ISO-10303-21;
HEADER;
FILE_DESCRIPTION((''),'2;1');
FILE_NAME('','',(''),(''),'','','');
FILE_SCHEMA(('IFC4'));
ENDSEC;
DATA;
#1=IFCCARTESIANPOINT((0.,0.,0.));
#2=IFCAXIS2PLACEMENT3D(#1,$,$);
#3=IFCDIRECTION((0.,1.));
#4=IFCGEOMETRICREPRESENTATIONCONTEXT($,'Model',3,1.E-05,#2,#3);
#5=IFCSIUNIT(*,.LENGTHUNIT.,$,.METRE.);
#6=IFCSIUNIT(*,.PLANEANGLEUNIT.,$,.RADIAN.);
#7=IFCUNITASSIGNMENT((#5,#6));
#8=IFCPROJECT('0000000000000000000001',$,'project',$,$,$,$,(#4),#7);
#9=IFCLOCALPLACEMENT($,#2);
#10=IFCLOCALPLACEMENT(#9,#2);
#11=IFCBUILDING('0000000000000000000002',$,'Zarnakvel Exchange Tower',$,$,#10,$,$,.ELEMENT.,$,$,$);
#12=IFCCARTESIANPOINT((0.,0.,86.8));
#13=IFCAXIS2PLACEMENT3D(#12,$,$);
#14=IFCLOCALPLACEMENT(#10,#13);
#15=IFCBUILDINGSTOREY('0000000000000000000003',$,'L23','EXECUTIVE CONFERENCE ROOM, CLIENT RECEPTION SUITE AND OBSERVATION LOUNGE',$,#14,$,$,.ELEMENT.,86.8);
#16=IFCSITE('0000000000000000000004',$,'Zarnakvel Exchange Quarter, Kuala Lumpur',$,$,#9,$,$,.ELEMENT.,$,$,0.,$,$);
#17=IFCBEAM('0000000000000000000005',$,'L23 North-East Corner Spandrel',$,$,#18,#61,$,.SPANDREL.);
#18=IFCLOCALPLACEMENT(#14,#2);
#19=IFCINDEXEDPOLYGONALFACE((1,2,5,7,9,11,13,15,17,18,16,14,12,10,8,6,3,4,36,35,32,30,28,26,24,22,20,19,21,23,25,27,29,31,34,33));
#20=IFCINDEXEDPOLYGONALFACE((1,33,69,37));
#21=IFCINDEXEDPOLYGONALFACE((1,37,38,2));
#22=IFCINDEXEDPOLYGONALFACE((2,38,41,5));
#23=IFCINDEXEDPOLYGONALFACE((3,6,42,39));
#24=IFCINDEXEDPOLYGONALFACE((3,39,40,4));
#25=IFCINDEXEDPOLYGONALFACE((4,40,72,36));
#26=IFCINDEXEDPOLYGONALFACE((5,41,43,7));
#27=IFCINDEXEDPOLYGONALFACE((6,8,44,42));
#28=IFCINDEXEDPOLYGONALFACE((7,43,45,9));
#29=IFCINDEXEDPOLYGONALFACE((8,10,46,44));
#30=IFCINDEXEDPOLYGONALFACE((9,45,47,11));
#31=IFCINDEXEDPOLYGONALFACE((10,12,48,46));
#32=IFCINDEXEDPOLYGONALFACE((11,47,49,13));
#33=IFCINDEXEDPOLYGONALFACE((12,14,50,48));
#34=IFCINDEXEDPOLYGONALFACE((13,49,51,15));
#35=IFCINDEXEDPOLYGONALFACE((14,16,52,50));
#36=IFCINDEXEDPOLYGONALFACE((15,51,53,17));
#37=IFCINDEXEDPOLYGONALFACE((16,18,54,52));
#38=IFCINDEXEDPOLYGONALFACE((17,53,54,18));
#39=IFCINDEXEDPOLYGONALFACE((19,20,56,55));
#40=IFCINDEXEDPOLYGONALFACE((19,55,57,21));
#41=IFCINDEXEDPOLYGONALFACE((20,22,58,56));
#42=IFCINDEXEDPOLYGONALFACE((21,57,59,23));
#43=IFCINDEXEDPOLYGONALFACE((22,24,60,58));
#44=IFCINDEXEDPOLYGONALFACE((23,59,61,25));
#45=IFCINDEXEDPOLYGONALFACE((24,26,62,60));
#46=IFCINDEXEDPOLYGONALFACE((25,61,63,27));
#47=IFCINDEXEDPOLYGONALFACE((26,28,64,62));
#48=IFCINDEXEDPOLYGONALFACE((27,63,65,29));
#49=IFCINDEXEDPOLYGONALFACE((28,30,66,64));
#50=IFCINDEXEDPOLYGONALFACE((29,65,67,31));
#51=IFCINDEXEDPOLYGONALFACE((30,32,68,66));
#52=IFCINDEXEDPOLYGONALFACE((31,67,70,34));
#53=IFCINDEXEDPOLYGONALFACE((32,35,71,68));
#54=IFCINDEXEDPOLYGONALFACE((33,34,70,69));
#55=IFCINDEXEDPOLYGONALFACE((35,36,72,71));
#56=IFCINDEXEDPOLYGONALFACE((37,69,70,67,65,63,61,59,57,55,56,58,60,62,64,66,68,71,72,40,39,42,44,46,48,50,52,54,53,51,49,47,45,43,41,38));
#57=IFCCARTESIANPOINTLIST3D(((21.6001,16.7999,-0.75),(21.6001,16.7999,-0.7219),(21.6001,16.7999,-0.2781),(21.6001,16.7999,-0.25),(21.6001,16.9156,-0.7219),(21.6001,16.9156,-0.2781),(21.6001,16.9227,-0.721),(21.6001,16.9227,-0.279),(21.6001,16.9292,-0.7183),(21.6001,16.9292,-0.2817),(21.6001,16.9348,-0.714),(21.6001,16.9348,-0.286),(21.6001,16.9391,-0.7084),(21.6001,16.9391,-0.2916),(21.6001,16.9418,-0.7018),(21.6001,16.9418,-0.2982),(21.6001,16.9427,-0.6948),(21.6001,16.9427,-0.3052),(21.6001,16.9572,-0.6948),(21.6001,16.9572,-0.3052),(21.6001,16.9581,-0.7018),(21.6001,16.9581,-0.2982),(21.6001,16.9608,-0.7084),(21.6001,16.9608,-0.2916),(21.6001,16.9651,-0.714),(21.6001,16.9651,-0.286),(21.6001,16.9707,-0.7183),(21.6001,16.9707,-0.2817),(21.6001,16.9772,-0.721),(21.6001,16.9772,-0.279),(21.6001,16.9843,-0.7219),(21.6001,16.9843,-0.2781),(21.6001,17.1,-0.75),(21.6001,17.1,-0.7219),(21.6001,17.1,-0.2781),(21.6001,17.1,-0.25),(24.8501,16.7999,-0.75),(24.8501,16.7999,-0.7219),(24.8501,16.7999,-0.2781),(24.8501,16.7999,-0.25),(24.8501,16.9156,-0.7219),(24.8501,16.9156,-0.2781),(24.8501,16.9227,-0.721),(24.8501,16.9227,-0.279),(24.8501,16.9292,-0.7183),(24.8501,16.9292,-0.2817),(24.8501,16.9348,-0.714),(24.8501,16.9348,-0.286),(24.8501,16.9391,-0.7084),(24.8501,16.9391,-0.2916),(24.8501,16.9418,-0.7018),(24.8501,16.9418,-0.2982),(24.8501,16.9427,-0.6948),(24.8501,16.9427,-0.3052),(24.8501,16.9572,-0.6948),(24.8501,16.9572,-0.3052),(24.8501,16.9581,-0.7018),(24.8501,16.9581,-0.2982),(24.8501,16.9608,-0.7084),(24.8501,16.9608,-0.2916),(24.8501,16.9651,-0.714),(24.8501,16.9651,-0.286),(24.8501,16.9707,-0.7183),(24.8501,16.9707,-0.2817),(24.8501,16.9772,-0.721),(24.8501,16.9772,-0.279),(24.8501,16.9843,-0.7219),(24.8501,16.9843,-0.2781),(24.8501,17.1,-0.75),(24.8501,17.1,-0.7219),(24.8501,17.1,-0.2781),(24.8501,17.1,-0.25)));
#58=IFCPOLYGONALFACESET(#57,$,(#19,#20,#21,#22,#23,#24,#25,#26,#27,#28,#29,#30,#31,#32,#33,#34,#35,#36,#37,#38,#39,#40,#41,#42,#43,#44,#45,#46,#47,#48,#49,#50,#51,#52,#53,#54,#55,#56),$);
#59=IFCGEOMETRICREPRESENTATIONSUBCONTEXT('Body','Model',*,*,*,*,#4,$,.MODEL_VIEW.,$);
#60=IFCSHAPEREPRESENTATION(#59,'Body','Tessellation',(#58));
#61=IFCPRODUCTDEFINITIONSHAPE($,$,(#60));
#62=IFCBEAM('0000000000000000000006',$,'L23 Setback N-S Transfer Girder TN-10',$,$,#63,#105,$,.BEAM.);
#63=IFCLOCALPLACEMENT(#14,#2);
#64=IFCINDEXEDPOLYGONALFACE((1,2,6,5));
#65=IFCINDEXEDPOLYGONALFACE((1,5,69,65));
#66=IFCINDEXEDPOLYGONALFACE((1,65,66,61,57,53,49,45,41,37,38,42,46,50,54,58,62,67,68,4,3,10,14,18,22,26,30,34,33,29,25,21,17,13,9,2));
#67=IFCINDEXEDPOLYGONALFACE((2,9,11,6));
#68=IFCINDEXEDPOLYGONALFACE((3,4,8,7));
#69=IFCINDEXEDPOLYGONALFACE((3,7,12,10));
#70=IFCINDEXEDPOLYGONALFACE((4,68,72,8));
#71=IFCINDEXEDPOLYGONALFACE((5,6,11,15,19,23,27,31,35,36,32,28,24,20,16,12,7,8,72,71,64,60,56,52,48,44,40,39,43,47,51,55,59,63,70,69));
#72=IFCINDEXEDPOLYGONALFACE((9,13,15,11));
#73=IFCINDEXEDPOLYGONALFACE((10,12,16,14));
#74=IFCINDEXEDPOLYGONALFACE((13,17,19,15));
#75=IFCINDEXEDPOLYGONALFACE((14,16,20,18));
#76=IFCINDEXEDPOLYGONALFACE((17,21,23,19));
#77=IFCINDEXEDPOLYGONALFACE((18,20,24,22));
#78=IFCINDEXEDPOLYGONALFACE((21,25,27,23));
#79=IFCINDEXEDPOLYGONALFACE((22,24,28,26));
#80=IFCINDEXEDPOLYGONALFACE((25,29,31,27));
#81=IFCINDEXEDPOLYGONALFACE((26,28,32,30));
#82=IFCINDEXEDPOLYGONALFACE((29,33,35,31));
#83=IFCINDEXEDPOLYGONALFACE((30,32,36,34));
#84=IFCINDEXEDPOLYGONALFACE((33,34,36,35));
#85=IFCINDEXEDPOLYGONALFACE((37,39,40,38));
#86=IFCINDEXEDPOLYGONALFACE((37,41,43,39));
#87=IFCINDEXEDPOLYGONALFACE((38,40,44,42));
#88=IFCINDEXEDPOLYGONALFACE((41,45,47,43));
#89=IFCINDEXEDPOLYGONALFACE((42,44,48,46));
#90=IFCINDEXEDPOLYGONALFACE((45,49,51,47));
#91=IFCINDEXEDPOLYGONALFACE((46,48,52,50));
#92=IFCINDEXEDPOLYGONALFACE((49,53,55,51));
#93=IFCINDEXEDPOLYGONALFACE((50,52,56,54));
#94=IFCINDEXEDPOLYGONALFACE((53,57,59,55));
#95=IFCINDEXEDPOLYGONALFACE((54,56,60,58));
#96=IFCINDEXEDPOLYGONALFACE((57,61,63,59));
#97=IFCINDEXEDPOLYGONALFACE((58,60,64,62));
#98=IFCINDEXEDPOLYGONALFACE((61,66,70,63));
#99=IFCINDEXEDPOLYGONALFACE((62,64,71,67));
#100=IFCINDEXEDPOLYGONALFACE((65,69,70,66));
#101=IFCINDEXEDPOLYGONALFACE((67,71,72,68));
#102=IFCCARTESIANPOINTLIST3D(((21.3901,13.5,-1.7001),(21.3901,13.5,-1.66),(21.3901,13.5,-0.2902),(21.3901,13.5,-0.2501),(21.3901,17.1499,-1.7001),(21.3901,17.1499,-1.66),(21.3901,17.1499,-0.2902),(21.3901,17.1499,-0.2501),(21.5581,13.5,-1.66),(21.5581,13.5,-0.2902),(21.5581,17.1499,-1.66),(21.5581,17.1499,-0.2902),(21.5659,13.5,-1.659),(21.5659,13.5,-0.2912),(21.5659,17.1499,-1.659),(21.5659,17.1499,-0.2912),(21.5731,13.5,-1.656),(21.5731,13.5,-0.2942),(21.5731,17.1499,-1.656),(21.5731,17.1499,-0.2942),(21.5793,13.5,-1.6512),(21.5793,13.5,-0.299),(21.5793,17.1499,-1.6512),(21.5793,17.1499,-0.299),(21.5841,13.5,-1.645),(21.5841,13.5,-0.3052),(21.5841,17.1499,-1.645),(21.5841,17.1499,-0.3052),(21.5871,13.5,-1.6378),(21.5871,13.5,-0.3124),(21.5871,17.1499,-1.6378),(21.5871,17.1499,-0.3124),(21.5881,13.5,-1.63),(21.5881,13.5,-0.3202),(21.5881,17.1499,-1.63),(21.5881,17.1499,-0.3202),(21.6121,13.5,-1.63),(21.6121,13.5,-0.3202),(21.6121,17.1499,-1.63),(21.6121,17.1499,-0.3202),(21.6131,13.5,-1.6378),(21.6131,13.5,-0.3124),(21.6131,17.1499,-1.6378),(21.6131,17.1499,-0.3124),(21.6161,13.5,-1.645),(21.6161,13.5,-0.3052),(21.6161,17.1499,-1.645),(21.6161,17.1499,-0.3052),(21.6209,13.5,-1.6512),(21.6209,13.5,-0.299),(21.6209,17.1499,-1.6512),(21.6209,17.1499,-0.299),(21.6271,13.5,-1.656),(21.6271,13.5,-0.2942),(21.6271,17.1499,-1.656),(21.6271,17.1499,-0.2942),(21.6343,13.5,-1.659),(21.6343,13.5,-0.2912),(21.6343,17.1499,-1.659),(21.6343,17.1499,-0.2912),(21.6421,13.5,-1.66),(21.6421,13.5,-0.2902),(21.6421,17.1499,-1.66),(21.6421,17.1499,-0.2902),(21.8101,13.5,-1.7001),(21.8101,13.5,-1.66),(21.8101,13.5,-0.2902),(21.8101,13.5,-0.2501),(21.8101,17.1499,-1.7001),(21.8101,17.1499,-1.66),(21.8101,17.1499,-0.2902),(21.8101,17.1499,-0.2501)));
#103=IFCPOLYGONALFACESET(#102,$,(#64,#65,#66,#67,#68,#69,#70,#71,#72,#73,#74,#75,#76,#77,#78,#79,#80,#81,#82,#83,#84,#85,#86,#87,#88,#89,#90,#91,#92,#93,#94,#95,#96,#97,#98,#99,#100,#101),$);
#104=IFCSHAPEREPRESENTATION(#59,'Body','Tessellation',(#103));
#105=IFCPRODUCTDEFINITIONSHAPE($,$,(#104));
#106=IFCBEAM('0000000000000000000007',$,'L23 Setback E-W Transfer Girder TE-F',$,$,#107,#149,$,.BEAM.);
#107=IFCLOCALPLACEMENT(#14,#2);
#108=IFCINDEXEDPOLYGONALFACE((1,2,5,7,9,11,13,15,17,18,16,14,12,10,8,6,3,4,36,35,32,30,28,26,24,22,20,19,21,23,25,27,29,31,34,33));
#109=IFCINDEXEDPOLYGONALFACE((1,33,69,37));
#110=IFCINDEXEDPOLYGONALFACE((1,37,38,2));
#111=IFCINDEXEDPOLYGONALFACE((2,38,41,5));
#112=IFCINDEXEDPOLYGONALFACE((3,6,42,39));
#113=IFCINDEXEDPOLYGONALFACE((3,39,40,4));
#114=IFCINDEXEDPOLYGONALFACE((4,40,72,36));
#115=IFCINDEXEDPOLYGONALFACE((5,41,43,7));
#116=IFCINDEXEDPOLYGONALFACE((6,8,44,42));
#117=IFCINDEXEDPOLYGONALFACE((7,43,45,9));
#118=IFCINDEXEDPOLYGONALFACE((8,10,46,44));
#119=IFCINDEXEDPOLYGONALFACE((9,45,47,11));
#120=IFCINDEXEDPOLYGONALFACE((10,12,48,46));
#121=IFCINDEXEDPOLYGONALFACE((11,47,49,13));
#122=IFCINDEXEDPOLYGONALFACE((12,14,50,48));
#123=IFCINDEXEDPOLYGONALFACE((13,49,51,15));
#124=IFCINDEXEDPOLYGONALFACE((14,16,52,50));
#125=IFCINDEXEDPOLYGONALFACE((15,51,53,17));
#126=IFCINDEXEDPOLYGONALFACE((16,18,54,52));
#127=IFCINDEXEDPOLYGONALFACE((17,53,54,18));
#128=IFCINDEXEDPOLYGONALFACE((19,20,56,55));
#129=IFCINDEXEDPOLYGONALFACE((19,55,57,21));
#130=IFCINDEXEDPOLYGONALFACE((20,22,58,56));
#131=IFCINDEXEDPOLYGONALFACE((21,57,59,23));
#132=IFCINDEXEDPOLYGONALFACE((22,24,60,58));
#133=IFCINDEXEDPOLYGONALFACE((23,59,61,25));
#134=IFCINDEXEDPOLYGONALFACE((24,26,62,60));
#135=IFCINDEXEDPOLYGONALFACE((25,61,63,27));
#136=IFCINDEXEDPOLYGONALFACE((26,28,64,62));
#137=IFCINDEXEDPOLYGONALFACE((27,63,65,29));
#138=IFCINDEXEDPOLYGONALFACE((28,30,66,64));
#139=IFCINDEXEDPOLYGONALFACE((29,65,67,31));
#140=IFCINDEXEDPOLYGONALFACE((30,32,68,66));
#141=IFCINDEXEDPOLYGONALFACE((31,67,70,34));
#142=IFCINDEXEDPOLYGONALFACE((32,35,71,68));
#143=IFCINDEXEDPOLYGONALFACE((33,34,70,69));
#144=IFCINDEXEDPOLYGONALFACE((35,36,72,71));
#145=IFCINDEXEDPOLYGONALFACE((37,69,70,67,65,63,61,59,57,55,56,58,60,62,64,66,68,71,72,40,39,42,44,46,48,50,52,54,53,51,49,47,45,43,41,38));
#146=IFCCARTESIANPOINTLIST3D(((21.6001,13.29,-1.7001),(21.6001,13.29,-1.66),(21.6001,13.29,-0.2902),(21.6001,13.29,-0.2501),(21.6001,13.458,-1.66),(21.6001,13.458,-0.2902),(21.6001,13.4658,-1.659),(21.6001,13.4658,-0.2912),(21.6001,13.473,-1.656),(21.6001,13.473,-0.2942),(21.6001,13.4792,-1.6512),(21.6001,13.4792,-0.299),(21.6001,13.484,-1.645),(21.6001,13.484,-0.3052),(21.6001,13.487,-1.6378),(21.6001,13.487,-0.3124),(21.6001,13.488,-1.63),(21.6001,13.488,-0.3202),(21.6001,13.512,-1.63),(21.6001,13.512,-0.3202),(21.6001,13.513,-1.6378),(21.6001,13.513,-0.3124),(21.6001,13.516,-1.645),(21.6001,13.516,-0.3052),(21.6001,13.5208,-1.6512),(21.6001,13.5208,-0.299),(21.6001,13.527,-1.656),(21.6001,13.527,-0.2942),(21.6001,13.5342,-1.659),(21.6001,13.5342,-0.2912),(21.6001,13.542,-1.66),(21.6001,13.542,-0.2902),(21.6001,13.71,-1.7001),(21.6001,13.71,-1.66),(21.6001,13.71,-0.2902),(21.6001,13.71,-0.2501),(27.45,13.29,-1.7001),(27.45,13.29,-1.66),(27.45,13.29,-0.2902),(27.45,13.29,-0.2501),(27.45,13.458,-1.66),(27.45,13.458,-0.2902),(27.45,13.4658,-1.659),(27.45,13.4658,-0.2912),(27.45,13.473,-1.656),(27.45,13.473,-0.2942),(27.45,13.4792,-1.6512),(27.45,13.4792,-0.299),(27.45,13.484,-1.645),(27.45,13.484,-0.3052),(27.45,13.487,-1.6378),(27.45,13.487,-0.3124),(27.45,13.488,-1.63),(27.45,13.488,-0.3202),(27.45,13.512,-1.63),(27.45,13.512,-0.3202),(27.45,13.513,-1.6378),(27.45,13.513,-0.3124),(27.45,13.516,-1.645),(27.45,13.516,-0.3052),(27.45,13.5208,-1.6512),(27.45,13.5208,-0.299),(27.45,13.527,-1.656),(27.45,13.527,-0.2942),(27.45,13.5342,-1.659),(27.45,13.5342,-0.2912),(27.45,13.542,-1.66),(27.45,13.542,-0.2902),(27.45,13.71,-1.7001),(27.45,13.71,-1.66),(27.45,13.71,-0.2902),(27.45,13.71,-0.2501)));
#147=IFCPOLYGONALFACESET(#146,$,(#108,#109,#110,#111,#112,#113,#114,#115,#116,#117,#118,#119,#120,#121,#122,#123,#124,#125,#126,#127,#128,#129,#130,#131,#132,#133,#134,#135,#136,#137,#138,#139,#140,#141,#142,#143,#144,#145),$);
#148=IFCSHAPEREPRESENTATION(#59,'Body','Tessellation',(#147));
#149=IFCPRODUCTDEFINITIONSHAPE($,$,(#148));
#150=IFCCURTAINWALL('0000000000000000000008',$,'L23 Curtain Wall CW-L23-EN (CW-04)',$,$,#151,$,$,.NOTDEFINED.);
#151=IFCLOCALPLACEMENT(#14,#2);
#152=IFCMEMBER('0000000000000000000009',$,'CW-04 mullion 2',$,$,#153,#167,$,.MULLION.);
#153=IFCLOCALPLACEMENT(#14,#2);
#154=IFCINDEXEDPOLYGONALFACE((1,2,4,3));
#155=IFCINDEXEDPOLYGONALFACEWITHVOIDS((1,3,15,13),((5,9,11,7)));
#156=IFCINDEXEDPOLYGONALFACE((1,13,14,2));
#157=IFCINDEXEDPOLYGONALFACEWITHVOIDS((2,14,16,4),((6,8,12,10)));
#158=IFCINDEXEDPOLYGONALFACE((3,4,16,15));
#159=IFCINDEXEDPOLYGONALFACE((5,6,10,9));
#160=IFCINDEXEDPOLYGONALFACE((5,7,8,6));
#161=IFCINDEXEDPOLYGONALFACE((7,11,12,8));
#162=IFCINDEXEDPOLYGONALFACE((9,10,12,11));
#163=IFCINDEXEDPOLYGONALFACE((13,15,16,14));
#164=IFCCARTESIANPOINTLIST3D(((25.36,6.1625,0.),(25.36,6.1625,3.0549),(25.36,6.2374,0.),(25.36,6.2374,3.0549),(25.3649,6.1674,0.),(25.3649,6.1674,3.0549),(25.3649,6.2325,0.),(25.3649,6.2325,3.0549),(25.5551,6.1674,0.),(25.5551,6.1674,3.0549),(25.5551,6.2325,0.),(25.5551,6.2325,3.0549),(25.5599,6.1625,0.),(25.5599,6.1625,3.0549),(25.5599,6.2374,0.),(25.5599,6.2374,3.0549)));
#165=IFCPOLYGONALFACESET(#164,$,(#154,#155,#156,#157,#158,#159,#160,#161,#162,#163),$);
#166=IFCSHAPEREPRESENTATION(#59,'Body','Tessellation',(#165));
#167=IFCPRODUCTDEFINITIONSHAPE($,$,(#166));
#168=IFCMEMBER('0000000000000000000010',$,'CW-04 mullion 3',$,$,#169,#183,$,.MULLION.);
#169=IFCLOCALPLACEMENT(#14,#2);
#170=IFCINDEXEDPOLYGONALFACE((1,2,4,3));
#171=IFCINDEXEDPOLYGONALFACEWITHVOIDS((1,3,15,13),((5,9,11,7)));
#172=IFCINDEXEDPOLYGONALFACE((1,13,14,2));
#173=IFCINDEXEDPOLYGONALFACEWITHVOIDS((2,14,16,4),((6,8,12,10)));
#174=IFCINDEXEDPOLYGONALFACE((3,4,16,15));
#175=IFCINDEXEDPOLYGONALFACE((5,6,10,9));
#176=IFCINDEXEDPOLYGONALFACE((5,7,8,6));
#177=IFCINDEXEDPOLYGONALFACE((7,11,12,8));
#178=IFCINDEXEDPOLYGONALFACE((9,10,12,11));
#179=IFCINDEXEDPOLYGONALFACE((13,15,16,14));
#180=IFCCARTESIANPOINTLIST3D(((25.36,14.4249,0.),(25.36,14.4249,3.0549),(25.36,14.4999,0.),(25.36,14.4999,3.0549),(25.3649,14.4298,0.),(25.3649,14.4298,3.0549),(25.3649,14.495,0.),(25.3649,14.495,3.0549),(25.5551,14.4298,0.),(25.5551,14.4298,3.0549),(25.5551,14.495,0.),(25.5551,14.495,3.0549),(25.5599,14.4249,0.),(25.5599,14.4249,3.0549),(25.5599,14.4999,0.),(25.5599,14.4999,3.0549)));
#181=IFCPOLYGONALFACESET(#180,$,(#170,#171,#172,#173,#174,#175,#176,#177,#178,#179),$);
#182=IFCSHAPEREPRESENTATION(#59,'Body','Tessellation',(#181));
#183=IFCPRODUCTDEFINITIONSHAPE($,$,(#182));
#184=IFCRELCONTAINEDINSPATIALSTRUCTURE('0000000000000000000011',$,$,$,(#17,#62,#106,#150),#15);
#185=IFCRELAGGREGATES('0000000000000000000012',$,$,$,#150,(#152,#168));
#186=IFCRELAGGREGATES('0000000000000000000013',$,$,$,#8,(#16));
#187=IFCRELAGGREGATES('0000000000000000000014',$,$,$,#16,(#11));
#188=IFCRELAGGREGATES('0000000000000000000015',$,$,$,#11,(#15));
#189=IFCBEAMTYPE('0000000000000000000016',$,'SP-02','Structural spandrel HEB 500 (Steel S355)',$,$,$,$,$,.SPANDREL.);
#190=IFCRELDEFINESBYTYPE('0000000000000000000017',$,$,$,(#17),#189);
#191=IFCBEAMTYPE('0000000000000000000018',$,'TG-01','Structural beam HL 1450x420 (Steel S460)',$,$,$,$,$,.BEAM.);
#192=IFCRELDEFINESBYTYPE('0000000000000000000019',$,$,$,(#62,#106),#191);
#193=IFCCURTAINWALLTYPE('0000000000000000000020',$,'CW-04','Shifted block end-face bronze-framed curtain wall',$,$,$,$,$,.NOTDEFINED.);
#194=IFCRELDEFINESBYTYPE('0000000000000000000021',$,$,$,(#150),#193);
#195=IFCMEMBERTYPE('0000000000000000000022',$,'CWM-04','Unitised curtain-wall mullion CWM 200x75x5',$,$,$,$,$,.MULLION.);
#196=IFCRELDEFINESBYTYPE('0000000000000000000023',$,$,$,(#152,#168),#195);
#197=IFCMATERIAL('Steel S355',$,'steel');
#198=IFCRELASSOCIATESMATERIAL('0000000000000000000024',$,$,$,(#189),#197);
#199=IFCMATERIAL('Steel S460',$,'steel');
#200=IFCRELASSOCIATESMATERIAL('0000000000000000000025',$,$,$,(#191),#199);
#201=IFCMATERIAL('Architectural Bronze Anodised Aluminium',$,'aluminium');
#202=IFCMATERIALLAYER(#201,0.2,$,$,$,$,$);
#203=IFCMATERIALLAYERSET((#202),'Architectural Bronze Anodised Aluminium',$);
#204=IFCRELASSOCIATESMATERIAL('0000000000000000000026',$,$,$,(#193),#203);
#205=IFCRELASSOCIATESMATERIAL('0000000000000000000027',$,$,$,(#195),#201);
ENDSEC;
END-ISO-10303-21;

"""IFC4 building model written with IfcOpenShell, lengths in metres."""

from ifc_helpers import new_model, si_unit, direction, frame, origin, origin_2d, place, context, subcontext, project, spatial, hollow_rectangle, i_section, extrude, source, transform, mapped, material, layer, layer_set, material_profile, profile_set, type_object, element, aggregate, save


model = new_model("IFC4")

# Units and contexts
model_context = context("Model", 3, precision=1e-05, world=origin(), true_north=direction((0.0, 1.0)))
body_context = subcontext(model_context, "Body", "Model", "MODEL_VIEW")
ifc_project = project(units=[si_unit("LENGTHUNIT", "METRE"), si_unit("PLANEANGLEUNIT", "RADIAN")], contexts=[model_context])

# Site, building, storey
site_placement = place(None, origin())
site = spatial("IfcSite", under=ifc_project, at=site_placement, Name="Zarnakvel Exchange Quarter, Kuala Lumpur", CompositionType="ELEMENT", RefElevation=0.0)
building_placement = place(site_placement, origin())
building = spatial("IfcBuilding", under=site, at=building_placement, Name="Zarnakvel Exchange Tower", CompositionType="ELEMENT")
storey_placement = place(building_placement, frame((0.0, 0.0, 86.8)))
storey = spatial("IfcBuildingStorey", under=building, at=storey_placement, Name="L23", Description="EXECUTIVE CONFERENCE ROOM, CLIENT RECEPTION SUITE AND OBSERVATION LOUNGE", CompositionType="ELEMENT", Elevation=86.8)

# Shared definitions
ifc_material_1 = material(Name="Steel S355", Category="steel")

# Beams
ifc_material_profile_1 = material_profile(ifc_material_1, i_section(OverallWidth=0.3, OverallDepth=0.5, WebThickness=0.0144, FlangeThickness=0.0281, FilletRadius=0.0271, at=origin_2d()))
ifc_profile_set_1 = profile_set([ifc_material_profile_1], Name="Steel S355")
beam_type_1 = type_object("IfcBeamType", Name="SP-02", Description="Structural spandrel HEB 500 (Steel S355)", PredefinedType="SPANDREL", material=ifc_profile_set_1)
beam_1_placement = place(storey_placement, frame((21.6001, 16.95, -0.5), z_axis=(1.0, 0.0, 0.0), x_axis=(0.0, 1.0, 0.0)))
element("IfcBeam", 1, at=beam_1_placement, inside=storey, type_object=beam_type_1, Name="L23 North-East Corner Spandrel", PredefinedType="SPANDREL", context=body_context, shape_type="SweptSolid", body=[
    extrude(i_section(OverallWidth=0.3, OverallDepth=0.5, WebThickness=0.0144, FlangeThickness=0.0281, FilletRadius=0.0271, at=origin_2d()), origin(), (0.0, 0.0, 1.0), 3.25),
])
ifc_material_2 = material(Name="Steel S460", Category="steel")
ifc_material_profile_2 = material_profile(ifc_material_2, i_section(OverallWidth=0.4199, OverallDepth=1.45, WebThickness=0.0239, FlangeThickness=0.04, FilletRadius=0.03, at=origin_2d()))
ifc_profile_set_2 = profile_set([ifc_material_profile_2], Name="Steel S460")
beam_type_2 = type_object("IfcBeamType", Name="TG-01", Description="Structural beam HL 1450x420 (Steel S460)", PredefinedType="BEAM", material=ifc_profile_set_2)
beam_2_placement = place(storey_placement, frame((21.6001, 13.5, -0.9751), z_axis=(0.0, 1.0, 0.0), x_axis=(-1.0, 0.0, 0.0)))
element("IfcBeam", 2, at=beam_2_placement, inside=storey, type_object=beam_type_2, Name="L23 Setback N-S Transfer Girder TN-10", PredefinedType="BEAM", context=body_context, shape_type="SweptSolid", body=[
    extrude(i_section(OverallWidth=0.4199, OverallDepth=1.45, WebThickness=0.0239, FlangeThickness=0.04, FilletRadius=0.03, at=origin_2d()), origin(), (0.0, 0.0, 1.0), 3.6499),
])
beam_3_placement = place(storey_placement, frame((21.6001, 13.5, -0.9751), z_axis=(1.0, 0.0, 0.0), x_axis=(0.0, 1.0, 0.0)))
element("IfcBeam", 3, at=beam_3_placement, inside=storey, type_object=beam_type_2, Name="L23 Setback E-W Transfer Girder TE-F", PredefinedType="BEAM", context=body_context, shape_type="SweptSolid", body=[
    extrude(i_section(OverallWidth=0.4199, OverallDepth=1.45, WebThickness=0.0239, FlangeThickness=0.04, FilletRadius=0.03, at=origin_2d()), origin(), (0.0, 0.0, 1.0), 5.8499),
])

# Curtain wall, members
ifc_material_3 = material(Name="Architectural Bronze Anodised Aluminium", Category="aluminium")
ifc_layer_1 = layer(ifc_material_3, 0.2)
ifc_layer_set_1 = layer_set([ifc_layer_1], Name="Architectural Bronze Anodised Aluminium")
curtain_wall_type = type_object("IfcCurtainWallType", Name="CW-04", Description="Shifted block end-face bronze-framed curtain wall", PredefinedType="NOTDEFINED", material=ifc_layer_set_1)
curtain_wall_placement = place(storey_placement, origin())
curtain_wall = element("IfcCurtainWall", 4, at=curtain_wall_placement, inside=storey, type_object=curtain_wall_type, Name="L23 Curtain Wall CW-L23-EN (CW-04)", PredefinedType="NOTDEFINED")
ifc_material_profile_3 = material_profile(ifc_material_3, hollow_rectangle(XDim=0.2, YDim=0.075, WallThickness=0.0049, at=origin_2d()))
ifc_profile_set_3 = profile_set([ifc_material_profile_3], Name="Architectural Bronze Anodised Aluminium")
member_type_1 = type_object("IfcMemberType", Name="CWM-04", Description="Unitised curtain-wall mullion CWM 200x75x5", PredefinedType="MULLION", material=ifc_profile_set_3)
shared_shape_1 = source(origin(), body_context, "Body", "SweptSolid", [
    extrude(hollow_rectangle(XDim=0.2, YDim=0.075, WallThickness=0.0049, at=origin_2d()), origin(), (0.0, 0.0, 1.0), 3.0549),
])
member_1_placement = place(storey_placement, frame((25.46, 6.2, 0.0), z_axis=(0.0, 0.0, 1.0), x_axis=(-1.0, 0.0, 0.0)))
member_1 = element("IfcMember", 5, at=member_1_placement, type_object=member_type_1, Name="CW-04 mullion 2", PredefinedType="MULLION", context=body_context, shape_type="MappedRepresentation", body=[
    mapped(shared_shape_1, transform((0.0, 0.0, 0.0), x_axis=(1.0, 0.0, 0.0), y_axis=(0.0, 1.0, 0.0), z_axis=(0.0, 0.0, 1.0), scale=1.0)),
])
member_2_placement = place(storey_placement, frame((25.46, 14.4624, 0.0), z_axis=(0.0, 0.0, 1.0), x_axis=(-1.0, 0.0, 0.0)))
member_2 = element("IfcMember", 6, at=member_2_placement, type_object=member_type_1, Name="CW-04 mullion 3", PredefinedType="MULLION", context=body_context, shape_type="MappedRepresentation", body=[
    mapped(shared_shape_1, transform((0.0, 0.0, 0.0), x_axis=(1.0, 0.0, 0.0), y_axis=(0.0, 1.0, 0.0), z_axis=(0.0, 0.0, 1.0), scale=1.0)),
])
aggregate(curtain_wall, [member_1, member_2])

save(model, "model.ifc")
